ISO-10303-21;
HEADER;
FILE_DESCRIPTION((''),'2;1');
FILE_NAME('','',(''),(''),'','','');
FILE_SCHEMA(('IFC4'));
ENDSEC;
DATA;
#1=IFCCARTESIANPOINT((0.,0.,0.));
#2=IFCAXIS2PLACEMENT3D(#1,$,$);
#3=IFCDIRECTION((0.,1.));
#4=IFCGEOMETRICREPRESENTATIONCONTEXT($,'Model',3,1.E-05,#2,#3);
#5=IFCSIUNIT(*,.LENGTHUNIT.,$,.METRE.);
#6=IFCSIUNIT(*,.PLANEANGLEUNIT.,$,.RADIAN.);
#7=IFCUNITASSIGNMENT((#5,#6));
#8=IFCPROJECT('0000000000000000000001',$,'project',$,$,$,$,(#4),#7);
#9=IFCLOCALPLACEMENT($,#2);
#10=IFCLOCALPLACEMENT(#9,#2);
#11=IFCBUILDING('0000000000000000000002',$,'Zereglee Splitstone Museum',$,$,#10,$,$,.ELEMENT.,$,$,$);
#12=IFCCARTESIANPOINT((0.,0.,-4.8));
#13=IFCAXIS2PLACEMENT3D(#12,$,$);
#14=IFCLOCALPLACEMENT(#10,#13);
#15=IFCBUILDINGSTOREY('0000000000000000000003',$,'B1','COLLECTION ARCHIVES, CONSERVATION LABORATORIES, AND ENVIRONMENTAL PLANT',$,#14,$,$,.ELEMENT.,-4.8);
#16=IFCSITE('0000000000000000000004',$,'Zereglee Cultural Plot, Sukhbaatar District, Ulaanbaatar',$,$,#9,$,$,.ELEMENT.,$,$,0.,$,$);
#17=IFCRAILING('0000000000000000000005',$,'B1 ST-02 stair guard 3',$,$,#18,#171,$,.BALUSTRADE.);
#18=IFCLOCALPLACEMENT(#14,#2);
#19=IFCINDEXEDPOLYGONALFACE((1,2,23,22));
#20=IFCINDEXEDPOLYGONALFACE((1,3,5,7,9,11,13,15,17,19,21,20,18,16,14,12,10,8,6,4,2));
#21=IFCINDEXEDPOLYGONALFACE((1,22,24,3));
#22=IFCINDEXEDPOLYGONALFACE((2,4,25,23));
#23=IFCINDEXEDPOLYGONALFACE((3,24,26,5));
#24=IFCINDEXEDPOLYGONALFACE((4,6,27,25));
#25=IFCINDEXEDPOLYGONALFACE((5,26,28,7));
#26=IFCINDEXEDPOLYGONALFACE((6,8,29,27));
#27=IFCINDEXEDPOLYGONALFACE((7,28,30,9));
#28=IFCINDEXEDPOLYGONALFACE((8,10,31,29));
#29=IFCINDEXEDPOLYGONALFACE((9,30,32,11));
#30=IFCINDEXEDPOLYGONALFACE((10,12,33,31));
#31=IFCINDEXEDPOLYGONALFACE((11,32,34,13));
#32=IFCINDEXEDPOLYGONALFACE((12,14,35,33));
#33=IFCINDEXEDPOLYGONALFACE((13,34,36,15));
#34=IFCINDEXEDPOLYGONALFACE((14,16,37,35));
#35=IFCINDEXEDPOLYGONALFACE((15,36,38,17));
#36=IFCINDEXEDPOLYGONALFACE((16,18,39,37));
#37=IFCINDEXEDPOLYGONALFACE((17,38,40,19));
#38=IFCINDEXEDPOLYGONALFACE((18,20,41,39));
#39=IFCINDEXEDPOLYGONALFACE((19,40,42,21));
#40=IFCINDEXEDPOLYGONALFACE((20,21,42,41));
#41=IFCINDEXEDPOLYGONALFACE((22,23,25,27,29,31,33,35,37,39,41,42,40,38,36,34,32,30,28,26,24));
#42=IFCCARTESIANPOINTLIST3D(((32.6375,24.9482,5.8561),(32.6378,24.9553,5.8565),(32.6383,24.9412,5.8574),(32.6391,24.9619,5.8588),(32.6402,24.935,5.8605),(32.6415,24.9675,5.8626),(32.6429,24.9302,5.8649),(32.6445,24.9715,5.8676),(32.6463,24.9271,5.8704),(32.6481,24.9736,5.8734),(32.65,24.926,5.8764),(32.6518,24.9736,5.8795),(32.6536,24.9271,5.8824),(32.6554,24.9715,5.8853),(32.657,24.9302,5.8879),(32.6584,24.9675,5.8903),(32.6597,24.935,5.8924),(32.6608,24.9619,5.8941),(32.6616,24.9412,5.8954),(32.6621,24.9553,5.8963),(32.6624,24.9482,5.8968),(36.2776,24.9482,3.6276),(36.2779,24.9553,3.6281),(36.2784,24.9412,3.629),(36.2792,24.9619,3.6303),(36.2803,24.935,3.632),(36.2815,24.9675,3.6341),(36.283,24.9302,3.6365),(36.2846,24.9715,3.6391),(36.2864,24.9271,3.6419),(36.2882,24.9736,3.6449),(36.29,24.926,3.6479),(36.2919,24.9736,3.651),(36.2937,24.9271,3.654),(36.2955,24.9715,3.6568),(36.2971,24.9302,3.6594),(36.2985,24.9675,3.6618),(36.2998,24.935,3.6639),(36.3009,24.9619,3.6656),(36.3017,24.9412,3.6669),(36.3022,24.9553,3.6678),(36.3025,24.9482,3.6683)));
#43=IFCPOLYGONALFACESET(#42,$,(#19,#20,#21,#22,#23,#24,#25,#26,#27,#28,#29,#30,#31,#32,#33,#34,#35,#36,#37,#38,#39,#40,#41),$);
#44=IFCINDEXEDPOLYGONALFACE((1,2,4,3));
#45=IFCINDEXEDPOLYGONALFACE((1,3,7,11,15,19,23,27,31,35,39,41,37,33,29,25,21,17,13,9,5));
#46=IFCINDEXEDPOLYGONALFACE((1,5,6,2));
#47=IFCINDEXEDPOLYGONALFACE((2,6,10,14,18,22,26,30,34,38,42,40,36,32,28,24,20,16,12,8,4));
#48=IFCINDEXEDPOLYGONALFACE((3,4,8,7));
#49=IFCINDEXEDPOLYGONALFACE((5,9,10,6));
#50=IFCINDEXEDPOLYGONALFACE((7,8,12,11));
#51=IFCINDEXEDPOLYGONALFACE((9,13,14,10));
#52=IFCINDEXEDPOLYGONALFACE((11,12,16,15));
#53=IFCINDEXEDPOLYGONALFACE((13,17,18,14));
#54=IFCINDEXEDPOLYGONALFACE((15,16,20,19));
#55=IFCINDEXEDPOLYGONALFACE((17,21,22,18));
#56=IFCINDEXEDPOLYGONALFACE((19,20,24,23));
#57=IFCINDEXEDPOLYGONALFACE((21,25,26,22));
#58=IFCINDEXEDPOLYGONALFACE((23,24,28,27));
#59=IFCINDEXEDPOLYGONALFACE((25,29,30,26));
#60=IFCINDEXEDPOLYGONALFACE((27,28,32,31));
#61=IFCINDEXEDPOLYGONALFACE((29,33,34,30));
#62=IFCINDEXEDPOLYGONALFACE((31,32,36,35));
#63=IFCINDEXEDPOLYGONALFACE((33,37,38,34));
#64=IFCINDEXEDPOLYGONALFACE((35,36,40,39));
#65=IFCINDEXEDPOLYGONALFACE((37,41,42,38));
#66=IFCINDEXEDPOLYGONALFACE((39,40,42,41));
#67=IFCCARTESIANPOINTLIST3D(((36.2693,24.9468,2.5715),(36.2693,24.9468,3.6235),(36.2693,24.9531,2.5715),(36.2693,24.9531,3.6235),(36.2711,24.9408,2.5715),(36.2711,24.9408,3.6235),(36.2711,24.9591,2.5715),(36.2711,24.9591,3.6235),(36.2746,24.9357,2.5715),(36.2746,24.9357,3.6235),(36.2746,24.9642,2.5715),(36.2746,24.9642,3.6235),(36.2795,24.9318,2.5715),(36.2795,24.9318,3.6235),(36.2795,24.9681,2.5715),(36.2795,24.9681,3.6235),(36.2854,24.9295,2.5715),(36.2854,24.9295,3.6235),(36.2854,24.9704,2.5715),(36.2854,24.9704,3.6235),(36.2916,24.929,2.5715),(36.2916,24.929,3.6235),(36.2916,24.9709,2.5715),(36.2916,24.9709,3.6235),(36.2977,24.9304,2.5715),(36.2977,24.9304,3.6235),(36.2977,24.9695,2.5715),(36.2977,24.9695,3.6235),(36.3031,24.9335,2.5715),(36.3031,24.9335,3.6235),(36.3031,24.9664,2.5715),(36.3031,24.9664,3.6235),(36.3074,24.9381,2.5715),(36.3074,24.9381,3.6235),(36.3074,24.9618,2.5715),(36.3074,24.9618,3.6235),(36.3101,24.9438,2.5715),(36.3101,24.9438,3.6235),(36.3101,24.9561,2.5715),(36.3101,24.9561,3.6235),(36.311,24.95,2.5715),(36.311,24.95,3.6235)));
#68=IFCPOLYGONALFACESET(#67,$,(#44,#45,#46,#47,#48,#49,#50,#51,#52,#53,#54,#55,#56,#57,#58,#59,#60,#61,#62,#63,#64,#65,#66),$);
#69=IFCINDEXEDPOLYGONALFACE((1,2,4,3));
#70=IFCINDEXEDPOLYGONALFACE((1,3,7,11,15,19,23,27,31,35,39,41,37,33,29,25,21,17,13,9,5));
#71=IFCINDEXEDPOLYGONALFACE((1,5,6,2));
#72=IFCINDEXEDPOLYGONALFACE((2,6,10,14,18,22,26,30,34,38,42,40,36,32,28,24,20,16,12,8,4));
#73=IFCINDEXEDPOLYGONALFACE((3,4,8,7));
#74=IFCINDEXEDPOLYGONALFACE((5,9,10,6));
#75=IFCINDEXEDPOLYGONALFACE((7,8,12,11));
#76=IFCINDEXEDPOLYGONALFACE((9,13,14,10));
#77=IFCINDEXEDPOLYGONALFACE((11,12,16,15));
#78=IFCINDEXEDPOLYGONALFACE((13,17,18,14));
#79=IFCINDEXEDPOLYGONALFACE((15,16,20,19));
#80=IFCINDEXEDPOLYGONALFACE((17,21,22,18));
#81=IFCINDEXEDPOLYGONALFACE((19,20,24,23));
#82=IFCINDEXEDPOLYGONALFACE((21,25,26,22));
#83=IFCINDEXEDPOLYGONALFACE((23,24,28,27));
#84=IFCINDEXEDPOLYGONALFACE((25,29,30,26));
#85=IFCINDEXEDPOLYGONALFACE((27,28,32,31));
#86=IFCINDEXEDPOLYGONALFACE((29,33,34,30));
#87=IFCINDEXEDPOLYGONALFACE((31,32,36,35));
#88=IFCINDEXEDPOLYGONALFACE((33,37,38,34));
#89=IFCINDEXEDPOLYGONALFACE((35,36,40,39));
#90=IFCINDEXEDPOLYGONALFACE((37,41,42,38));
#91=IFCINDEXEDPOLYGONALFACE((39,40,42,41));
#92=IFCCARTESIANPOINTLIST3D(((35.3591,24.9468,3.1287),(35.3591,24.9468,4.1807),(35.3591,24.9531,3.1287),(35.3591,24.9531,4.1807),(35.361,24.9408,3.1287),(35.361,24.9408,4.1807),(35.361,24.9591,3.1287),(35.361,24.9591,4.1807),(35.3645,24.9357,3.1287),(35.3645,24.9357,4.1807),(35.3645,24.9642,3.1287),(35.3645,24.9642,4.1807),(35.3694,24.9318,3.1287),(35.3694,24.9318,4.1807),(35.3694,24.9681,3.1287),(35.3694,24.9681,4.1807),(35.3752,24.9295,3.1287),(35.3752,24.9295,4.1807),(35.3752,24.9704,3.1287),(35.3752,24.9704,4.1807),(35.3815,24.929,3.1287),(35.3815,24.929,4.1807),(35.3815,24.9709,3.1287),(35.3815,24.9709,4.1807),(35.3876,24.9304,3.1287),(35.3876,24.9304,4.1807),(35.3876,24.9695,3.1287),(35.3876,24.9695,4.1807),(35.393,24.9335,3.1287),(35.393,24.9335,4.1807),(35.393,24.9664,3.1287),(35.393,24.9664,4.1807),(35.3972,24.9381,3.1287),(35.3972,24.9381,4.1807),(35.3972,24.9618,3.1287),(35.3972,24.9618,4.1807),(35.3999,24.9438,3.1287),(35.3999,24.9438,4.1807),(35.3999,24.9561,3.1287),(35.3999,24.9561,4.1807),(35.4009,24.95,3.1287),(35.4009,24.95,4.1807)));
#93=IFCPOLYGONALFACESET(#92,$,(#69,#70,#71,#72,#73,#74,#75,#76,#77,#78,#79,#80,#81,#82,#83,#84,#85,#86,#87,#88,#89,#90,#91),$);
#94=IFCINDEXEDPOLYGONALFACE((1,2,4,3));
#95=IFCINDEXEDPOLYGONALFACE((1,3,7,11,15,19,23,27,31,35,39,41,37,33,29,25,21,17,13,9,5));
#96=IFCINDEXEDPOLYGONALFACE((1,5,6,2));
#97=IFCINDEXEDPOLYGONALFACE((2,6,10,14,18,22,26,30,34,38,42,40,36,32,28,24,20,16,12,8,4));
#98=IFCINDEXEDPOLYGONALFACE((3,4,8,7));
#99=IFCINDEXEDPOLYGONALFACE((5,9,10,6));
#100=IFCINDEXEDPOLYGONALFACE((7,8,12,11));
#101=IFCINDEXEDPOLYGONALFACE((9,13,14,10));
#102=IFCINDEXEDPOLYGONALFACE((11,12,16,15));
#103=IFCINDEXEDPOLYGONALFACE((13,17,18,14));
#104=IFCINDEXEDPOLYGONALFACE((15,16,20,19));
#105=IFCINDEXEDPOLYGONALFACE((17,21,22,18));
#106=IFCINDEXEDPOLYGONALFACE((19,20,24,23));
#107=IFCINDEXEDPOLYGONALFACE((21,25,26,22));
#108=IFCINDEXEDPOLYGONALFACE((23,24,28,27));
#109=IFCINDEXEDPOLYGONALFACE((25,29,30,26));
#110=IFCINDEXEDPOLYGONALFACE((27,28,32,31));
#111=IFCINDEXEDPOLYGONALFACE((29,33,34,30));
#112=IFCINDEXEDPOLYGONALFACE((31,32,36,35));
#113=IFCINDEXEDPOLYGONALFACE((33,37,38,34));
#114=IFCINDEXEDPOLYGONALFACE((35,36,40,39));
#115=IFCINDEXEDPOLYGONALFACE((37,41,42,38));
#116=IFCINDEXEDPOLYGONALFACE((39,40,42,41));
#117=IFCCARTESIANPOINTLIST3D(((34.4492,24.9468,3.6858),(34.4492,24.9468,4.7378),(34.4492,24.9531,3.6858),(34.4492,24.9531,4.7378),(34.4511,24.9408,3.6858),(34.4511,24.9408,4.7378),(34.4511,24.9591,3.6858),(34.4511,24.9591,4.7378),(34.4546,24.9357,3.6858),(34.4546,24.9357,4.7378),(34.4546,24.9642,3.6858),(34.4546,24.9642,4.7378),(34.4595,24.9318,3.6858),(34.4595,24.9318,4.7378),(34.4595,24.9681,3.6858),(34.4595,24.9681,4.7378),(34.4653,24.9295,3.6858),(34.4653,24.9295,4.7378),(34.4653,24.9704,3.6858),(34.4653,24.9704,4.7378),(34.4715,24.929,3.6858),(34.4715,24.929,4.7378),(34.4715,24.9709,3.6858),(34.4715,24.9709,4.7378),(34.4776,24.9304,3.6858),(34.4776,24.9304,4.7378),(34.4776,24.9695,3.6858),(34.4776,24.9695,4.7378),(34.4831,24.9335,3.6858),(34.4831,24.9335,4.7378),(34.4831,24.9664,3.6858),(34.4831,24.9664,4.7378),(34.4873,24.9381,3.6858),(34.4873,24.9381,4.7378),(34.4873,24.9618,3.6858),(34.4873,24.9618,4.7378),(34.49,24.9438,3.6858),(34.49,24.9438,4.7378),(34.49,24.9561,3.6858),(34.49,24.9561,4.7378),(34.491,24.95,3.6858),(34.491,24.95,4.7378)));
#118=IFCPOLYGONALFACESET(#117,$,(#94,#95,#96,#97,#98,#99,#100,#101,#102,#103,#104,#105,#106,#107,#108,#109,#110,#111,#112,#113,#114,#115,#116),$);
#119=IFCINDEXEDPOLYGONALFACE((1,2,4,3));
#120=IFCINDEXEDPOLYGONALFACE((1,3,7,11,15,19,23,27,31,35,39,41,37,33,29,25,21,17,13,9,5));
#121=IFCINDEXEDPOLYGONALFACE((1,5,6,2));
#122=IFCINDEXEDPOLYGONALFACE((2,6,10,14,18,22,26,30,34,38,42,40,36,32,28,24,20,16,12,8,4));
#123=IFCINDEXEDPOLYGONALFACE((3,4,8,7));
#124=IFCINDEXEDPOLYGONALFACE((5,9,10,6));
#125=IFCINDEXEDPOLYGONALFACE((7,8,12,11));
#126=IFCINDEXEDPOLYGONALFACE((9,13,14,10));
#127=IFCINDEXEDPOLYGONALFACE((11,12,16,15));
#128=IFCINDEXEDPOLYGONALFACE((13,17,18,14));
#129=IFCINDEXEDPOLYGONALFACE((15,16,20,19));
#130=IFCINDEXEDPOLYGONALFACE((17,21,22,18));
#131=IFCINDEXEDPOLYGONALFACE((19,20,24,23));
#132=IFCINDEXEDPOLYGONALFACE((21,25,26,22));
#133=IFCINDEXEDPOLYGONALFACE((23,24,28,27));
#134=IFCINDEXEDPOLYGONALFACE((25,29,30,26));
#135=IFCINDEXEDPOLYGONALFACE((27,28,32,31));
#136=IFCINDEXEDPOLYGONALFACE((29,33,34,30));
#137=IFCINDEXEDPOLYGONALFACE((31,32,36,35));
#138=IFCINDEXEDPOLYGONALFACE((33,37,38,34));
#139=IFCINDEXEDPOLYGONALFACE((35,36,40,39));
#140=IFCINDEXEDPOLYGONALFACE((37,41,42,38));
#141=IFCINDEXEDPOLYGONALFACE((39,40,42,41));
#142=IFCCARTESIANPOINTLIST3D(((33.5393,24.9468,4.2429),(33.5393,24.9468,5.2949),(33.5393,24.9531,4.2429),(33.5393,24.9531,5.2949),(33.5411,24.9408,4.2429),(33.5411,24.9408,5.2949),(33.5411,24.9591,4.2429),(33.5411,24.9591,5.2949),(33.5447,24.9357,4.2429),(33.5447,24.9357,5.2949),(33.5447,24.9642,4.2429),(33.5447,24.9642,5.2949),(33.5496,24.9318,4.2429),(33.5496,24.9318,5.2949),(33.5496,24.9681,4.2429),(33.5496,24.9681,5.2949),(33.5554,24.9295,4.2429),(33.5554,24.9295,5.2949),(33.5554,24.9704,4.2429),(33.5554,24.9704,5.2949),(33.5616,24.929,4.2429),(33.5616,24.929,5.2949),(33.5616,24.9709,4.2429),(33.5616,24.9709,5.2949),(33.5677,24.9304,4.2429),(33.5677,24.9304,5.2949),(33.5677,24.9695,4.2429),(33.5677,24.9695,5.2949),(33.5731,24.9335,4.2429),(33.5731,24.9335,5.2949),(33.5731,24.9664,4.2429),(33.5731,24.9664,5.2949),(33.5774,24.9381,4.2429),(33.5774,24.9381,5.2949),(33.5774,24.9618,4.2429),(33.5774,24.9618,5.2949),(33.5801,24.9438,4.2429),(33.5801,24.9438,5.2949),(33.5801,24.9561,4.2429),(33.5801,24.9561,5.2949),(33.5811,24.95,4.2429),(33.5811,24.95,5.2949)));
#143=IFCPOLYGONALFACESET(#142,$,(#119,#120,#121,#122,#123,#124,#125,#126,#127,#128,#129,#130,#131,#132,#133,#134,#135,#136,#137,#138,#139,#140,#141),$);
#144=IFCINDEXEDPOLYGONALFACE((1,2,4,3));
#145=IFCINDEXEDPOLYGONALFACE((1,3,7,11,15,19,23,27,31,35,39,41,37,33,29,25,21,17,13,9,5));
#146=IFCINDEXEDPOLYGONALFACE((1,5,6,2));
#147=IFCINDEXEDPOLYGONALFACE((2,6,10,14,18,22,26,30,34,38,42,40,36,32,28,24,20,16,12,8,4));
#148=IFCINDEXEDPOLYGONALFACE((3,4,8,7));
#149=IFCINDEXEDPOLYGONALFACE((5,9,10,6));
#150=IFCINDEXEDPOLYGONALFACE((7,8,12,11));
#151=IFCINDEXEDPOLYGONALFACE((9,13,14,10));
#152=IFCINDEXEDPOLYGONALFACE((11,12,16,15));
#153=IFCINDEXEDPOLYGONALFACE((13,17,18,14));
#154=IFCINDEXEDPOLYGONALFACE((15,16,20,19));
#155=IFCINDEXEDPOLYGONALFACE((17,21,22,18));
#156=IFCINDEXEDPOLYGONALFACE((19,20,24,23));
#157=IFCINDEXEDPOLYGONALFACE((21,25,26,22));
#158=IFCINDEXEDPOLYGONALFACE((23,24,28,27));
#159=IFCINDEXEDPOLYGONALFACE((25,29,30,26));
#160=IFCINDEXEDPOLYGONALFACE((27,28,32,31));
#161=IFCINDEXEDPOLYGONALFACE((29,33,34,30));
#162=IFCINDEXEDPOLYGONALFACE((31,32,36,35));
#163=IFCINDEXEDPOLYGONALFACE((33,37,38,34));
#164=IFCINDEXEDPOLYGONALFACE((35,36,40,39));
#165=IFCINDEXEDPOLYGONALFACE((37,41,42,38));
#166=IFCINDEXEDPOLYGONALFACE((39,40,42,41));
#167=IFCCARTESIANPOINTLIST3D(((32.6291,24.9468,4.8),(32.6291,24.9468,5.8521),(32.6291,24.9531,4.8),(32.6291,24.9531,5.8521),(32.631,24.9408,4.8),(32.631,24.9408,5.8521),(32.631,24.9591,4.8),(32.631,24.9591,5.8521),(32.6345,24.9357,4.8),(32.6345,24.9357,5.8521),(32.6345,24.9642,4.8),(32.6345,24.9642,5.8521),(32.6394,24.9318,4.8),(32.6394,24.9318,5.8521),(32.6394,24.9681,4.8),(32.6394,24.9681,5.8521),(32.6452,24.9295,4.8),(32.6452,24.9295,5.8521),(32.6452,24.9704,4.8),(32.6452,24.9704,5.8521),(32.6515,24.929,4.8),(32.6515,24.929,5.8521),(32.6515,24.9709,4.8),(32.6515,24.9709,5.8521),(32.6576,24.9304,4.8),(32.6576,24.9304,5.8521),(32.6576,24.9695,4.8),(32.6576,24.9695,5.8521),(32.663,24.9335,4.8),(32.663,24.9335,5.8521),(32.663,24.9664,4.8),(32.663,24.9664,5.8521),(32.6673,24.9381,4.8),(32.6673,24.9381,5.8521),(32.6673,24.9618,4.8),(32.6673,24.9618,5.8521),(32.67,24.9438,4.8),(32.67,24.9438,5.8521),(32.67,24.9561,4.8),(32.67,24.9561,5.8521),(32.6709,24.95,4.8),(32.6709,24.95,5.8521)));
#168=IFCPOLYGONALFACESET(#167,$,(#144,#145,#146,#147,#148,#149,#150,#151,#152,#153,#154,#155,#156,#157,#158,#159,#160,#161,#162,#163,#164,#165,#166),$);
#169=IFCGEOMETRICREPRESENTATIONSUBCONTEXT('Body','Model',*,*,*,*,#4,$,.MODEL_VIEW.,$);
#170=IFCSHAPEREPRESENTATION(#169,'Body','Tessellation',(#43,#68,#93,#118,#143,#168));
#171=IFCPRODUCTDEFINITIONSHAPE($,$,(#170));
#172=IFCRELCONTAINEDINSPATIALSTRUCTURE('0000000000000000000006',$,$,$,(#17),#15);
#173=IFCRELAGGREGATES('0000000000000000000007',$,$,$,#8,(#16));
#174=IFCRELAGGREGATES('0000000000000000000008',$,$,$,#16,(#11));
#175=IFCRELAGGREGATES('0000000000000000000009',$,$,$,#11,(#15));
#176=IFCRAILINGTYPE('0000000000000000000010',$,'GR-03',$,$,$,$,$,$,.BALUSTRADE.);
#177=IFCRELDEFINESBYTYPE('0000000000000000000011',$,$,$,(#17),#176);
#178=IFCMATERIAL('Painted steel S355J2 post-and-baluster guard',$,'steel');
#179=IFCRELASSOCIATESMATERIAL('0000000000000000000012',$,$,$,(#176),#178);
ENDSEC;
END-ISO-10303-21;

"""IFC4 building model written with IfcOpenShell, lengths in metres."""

from ifc_helpers import new_model, si_unit, direction, frame, origin, origin_2d, place, context, subcontext, project, spatial, circle, extrude, material, type_object, element, save


model = new_model("IFC4")

# Units and contexts
model_context = context("Model", 3, precision=1e-05, world=origin(), true_north=direction((0.0, 1.0)))
body_context = subcontext(model_context, "Body", "Model", "MODEL_VIEW")
ifc_project = project(units=[si_unit("LENGTHUNIT", "METRE"), si_unit("PLANEANGLEUNIT", "RADIAN")], contexts=[model_context])

# Site, building, storey
site_placement = place(None, origin())
site = spatial("IfcSite", under=ifc_project, at=site_placement, Name="Zereglee Cultural Plot, Sukhbaatar District, Ulaanbaatar", CompositionType="ELEMENT", RefElevation=0.0)
building_placement = place(site_placement, origin())
building = spatial("IfcBuilding", under=site, at=building_placement, Name="Zereglee Splitstone Museum", CompositionType="ELEMENT")
storey_placement = place(building_placement, frame((0.0, 0.0, -4.8)))
storey = spatial("IfcBuildingStorey", under=building, at=storey_placement, Name="B1", Description="COLLECTION ARCHIVES, CONSERVATION LABORATORIES, AND ENVIRONMENTAL PLANT", CompositionType="ELEMENT", Elevation=-4.8)

# Railing
ifc_material_1 = material(Name="Painted steel S355J2 post-and-baluster guard", Category="steel")
railing_type_1 = type_object("IfcRailingType", Name="GR-03", PredefinedType="BALUSTRADE", material=ifc_material_1)
railing_1_placement = place(storey_placement, frame((36.29, 24.95, 2.5715)))
element("IfcRailing", 1, at=railing_1_placement, inside=storey, type_object=railing_type_1, Name="B1 ST-02 stair guard 3", PredefinedType="BALUSTRADE", context=body_context, shape_type="SweptSolid", body=[
    extrude(circle(Radius=0.0239, at=origin_2d()), frame((0.0, 0.0, 1.0764), z_axis=(-0.852866, 0.0, 0.52213), x_axis=(0.0, -1.0, 0.0)), (0.0, 0.0, 1.0), 4.2681),
    extrude(circle(Radius=0.021, at=origin_2d()), origin(), (0.0, 0.0, 1.0), 1.052),
    extrude(circle(Radius=0.021, at=origin_2d()), frame((-0.9102, 0.0, 0.5571)), (0.0, 0.0, 1.0), 1.052),
    extrude(circle(Radius=0.021, at=origin_2d()), frame((-1.8201, 0.0, 1.1143)), (0.0, 0.0, 1.0), 1.052),
    extrude(circle(Radius=0.021, at=origin_2d()), frame((-2.73, 0.0, 1.6714)), (0.0, 0.0, 1.0), 1.052),
    extrude(circle(Radius=0.021, at=origin_2d()), frame((-3.6401, 0.0, 2.2285)), (0.0, 0.0, 1.0), 1.052),
])

save(model, "model.ifc")
